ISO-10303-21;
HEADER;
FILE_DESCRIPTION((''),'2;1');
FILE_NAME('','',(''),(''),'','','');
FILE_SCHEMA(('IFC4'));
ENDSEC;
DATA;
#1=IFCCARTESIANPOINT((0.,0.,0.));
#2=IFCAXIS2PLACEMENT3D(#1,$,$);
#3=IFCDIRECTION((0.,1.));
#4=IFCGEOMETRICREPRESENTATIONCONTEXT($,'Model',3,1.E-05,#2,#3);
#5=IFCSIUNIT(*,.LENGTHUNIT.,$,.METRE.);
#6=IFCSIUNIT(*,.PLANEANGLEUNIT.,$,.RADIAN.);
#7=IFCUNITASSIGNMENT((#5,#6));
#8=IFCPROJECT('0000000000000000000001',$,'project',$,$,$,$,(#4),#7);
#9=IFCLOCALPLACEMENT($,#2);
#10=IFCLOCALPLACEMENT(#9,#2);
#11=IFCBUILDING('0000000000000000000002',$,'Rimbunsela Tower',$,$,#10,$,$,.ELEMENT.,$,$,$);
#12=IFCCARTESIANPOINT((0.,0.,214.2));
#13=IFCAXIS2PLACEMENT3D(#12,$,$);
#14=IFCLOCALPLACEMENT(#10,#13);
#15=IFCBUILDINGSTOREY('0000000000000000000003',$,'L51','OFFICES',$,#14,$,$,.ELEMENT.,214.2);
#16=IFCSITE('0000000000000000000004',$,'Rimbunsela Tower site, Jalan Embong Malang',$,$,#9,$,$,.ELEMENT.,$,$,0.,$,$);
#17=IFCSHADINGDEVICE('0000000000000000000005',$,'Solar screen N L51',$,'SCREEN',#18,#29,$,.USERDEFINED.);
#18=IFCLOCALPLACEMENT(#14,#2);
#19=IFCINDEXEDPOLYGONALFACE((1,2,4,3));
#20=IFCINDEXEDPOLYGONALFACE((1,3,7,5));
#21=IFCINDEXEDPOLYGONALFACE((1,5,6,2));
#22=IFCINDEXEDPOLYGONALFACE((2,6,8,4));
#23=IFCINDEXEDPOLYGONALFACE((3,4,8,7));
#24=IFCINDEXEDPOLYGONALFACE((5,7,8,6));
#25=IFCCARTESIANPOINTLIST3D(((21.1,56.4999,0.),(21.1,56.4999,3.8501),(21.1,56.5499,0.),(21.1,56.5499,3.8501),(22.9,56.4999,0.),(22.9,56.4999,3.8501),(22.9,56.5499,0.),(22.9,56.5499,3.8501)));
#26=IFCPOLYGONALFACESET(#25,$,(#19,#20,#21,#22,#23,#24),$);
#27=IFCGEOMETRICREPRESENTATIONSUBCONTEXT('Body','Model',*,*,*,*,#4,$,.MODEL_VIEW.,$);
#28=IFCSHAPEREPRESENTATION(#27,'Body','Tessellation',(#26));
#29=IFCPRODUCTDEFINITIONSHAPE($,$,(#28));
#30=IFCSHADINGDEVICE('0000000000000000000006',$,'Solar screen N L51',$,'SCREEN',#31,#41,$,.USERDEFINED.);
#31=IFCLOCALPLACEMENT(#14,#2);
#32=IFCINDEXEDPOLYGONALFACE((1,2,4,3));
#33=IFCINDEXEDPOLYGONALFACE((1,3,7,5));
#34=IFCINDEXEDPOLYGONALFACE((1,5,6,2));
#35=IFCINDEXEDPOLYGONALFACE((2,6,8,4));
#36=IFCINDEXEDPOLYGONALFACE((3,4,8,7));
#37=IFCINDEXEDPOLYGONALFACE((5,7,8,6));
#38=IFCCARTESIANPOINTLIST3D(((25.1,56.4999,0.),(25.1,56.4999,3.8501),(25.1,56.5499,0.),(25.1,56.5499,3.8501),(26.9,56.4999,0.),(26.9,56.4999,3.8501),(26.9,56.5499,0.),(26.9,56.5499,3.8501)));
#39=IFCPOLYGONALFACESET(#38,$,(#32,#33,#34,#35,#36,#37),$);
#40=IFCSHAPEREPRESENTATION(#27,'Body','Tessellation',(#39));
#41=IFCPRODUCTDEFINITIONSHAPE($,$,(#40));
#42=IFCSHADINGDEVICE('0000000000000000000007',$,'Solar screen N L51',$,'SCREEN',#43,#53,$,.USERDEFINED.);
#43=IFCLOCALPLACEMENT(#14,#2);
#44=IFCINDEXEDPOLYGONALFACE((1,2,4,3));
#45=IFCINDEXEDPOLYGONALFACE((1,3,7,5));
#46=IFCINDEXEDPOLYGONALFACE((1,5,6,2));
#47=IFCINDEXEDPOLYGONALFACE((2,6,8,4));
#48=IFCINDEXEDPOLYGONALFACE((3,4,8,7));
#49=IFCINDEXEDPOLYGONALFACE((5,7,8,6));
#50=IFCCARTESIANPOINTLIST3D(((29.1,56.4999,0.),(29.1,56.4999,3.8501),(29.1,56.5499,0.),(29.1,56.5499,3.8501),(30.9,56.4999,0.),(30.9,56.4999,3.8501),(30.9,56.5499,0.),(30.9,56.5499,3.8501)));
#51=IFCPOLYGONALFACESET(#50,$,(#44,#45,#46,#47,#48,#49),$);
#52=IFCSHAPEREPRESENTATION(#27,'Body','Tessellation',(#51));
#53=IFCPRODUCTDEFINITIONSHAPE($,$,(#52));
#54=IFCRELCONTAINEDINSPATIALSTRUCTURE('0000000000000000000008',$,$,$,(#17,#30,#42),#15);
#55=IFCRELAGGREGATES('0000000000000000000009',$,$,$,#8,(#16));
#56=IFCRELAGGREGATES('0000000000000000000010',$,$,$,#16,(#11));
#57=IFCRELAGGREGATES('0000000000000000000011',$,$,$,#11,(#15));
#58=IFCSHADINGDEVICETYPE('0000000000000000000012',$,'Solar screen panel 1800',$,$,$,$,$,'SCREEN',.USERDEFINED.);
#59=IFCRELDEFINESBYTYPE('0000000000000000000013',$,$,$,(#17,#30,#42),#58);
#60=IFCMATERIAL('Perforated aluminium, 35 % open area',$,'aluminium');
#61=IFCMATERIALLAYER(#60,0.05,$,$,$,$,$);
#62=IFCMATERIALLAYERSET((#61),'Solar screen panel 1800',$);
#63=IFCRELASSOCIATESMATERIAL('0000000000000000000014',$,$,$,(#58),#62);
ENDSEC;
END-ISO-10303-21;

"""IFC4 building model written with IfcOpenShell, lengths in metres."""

from ifc_helpers import new_model, si_unit, direction, frame, origin, origin_2d, place, context, subcontext, project, spatial, rectangle, extrude, material, layer, layer_set, type_object, element, save


model = new_model("IFC4")

# Units and contexts
model_context = context("Model", 3, precision=1e-05, world=origin(), true_north=direction((0.0, 1.0)))
body_context = subcontext(model_context, "Body", "Model", "MODEL_VIEW")
ifc_project = project(units=[si_unit("LENGTHUNIT", "METRE"), si_unit("PLANEANGLEUNIT", "RADIAN")], contexts=[model_context])

# Site, building, storey
site_placement = place(None, origin())
site = spatial("IfcSite", under=ifc_project, at=site_placement, Name="Rimbunsela Tower site, Jalan Embong Malang", CompositionType="ELEMENT", RefElevation=0.0)
building_placement = place(site_placement, origin())
building = spatial("IfcBuilding", under=site, at=building_placement, Name="Rimbunsela Tower", CompositionType="ELEMENT")
storey_placement = place(building_placement, frame((0.0, 0.0, 214.2)))
storey = spatial("IfcBuildingStorey", under=building, at=storey_placement, Name="L51", Description="OFFICES", CompositionType="ELEMENT", Elevation=214.2)

# Shading devices
ifc_material_1 = material(Name="Perforated aluminium, 35 % open area", Category="aluminium")
ifc_layer_1 = layer(ifc_material_1, 0.05)
ifc_layer_set_1 = layer_set([ifc_layer_1], Name="Solar screen panel 1800")
shading_device_type = type_object("IfcShadingDeviceType", Name="Solar screen panel 1800", ElementType="SCREEN", PredefinedType="USERDEFINED", material=ifc_layer_set_1)
for number, where, z_axis, x_axis, name in (
    (1, (22.0, 56.5249, 0.0), (0.0, 0.0, 1.0), (1.0, 0.0, 0.0), "Solar screen N L51"),
    (2, (26.0, 56.5249, 0.0), (0.0, 0.0, 1.0), (1.0, 0.0, 0.0), "Solar screen N L51"),
    (3, (30.0, 56.5249, 0.0), (0.0, 0.0, 1.0), (1.0, 0.0, 0.0), "Solar screen N L51"),
):
    element("IfcShadingDevice", number, at=place(storey_placement, frame(where, z_axis=z_axis, x_axis=x_axis)), inside=storey, type_object=shading_device_type, Name=name, ObjectType="SCREEN", PredefinedType="USERDEFINED", context=body_context, shape_type="SweptSolid", body=[
        extrude(rectangle(XDim=1.8, YDim=0.05, at=origin_2d()), origin(), (0.0, 0.0, 1.0), 3.8501),
    ])

save(model, "model.ifc")
